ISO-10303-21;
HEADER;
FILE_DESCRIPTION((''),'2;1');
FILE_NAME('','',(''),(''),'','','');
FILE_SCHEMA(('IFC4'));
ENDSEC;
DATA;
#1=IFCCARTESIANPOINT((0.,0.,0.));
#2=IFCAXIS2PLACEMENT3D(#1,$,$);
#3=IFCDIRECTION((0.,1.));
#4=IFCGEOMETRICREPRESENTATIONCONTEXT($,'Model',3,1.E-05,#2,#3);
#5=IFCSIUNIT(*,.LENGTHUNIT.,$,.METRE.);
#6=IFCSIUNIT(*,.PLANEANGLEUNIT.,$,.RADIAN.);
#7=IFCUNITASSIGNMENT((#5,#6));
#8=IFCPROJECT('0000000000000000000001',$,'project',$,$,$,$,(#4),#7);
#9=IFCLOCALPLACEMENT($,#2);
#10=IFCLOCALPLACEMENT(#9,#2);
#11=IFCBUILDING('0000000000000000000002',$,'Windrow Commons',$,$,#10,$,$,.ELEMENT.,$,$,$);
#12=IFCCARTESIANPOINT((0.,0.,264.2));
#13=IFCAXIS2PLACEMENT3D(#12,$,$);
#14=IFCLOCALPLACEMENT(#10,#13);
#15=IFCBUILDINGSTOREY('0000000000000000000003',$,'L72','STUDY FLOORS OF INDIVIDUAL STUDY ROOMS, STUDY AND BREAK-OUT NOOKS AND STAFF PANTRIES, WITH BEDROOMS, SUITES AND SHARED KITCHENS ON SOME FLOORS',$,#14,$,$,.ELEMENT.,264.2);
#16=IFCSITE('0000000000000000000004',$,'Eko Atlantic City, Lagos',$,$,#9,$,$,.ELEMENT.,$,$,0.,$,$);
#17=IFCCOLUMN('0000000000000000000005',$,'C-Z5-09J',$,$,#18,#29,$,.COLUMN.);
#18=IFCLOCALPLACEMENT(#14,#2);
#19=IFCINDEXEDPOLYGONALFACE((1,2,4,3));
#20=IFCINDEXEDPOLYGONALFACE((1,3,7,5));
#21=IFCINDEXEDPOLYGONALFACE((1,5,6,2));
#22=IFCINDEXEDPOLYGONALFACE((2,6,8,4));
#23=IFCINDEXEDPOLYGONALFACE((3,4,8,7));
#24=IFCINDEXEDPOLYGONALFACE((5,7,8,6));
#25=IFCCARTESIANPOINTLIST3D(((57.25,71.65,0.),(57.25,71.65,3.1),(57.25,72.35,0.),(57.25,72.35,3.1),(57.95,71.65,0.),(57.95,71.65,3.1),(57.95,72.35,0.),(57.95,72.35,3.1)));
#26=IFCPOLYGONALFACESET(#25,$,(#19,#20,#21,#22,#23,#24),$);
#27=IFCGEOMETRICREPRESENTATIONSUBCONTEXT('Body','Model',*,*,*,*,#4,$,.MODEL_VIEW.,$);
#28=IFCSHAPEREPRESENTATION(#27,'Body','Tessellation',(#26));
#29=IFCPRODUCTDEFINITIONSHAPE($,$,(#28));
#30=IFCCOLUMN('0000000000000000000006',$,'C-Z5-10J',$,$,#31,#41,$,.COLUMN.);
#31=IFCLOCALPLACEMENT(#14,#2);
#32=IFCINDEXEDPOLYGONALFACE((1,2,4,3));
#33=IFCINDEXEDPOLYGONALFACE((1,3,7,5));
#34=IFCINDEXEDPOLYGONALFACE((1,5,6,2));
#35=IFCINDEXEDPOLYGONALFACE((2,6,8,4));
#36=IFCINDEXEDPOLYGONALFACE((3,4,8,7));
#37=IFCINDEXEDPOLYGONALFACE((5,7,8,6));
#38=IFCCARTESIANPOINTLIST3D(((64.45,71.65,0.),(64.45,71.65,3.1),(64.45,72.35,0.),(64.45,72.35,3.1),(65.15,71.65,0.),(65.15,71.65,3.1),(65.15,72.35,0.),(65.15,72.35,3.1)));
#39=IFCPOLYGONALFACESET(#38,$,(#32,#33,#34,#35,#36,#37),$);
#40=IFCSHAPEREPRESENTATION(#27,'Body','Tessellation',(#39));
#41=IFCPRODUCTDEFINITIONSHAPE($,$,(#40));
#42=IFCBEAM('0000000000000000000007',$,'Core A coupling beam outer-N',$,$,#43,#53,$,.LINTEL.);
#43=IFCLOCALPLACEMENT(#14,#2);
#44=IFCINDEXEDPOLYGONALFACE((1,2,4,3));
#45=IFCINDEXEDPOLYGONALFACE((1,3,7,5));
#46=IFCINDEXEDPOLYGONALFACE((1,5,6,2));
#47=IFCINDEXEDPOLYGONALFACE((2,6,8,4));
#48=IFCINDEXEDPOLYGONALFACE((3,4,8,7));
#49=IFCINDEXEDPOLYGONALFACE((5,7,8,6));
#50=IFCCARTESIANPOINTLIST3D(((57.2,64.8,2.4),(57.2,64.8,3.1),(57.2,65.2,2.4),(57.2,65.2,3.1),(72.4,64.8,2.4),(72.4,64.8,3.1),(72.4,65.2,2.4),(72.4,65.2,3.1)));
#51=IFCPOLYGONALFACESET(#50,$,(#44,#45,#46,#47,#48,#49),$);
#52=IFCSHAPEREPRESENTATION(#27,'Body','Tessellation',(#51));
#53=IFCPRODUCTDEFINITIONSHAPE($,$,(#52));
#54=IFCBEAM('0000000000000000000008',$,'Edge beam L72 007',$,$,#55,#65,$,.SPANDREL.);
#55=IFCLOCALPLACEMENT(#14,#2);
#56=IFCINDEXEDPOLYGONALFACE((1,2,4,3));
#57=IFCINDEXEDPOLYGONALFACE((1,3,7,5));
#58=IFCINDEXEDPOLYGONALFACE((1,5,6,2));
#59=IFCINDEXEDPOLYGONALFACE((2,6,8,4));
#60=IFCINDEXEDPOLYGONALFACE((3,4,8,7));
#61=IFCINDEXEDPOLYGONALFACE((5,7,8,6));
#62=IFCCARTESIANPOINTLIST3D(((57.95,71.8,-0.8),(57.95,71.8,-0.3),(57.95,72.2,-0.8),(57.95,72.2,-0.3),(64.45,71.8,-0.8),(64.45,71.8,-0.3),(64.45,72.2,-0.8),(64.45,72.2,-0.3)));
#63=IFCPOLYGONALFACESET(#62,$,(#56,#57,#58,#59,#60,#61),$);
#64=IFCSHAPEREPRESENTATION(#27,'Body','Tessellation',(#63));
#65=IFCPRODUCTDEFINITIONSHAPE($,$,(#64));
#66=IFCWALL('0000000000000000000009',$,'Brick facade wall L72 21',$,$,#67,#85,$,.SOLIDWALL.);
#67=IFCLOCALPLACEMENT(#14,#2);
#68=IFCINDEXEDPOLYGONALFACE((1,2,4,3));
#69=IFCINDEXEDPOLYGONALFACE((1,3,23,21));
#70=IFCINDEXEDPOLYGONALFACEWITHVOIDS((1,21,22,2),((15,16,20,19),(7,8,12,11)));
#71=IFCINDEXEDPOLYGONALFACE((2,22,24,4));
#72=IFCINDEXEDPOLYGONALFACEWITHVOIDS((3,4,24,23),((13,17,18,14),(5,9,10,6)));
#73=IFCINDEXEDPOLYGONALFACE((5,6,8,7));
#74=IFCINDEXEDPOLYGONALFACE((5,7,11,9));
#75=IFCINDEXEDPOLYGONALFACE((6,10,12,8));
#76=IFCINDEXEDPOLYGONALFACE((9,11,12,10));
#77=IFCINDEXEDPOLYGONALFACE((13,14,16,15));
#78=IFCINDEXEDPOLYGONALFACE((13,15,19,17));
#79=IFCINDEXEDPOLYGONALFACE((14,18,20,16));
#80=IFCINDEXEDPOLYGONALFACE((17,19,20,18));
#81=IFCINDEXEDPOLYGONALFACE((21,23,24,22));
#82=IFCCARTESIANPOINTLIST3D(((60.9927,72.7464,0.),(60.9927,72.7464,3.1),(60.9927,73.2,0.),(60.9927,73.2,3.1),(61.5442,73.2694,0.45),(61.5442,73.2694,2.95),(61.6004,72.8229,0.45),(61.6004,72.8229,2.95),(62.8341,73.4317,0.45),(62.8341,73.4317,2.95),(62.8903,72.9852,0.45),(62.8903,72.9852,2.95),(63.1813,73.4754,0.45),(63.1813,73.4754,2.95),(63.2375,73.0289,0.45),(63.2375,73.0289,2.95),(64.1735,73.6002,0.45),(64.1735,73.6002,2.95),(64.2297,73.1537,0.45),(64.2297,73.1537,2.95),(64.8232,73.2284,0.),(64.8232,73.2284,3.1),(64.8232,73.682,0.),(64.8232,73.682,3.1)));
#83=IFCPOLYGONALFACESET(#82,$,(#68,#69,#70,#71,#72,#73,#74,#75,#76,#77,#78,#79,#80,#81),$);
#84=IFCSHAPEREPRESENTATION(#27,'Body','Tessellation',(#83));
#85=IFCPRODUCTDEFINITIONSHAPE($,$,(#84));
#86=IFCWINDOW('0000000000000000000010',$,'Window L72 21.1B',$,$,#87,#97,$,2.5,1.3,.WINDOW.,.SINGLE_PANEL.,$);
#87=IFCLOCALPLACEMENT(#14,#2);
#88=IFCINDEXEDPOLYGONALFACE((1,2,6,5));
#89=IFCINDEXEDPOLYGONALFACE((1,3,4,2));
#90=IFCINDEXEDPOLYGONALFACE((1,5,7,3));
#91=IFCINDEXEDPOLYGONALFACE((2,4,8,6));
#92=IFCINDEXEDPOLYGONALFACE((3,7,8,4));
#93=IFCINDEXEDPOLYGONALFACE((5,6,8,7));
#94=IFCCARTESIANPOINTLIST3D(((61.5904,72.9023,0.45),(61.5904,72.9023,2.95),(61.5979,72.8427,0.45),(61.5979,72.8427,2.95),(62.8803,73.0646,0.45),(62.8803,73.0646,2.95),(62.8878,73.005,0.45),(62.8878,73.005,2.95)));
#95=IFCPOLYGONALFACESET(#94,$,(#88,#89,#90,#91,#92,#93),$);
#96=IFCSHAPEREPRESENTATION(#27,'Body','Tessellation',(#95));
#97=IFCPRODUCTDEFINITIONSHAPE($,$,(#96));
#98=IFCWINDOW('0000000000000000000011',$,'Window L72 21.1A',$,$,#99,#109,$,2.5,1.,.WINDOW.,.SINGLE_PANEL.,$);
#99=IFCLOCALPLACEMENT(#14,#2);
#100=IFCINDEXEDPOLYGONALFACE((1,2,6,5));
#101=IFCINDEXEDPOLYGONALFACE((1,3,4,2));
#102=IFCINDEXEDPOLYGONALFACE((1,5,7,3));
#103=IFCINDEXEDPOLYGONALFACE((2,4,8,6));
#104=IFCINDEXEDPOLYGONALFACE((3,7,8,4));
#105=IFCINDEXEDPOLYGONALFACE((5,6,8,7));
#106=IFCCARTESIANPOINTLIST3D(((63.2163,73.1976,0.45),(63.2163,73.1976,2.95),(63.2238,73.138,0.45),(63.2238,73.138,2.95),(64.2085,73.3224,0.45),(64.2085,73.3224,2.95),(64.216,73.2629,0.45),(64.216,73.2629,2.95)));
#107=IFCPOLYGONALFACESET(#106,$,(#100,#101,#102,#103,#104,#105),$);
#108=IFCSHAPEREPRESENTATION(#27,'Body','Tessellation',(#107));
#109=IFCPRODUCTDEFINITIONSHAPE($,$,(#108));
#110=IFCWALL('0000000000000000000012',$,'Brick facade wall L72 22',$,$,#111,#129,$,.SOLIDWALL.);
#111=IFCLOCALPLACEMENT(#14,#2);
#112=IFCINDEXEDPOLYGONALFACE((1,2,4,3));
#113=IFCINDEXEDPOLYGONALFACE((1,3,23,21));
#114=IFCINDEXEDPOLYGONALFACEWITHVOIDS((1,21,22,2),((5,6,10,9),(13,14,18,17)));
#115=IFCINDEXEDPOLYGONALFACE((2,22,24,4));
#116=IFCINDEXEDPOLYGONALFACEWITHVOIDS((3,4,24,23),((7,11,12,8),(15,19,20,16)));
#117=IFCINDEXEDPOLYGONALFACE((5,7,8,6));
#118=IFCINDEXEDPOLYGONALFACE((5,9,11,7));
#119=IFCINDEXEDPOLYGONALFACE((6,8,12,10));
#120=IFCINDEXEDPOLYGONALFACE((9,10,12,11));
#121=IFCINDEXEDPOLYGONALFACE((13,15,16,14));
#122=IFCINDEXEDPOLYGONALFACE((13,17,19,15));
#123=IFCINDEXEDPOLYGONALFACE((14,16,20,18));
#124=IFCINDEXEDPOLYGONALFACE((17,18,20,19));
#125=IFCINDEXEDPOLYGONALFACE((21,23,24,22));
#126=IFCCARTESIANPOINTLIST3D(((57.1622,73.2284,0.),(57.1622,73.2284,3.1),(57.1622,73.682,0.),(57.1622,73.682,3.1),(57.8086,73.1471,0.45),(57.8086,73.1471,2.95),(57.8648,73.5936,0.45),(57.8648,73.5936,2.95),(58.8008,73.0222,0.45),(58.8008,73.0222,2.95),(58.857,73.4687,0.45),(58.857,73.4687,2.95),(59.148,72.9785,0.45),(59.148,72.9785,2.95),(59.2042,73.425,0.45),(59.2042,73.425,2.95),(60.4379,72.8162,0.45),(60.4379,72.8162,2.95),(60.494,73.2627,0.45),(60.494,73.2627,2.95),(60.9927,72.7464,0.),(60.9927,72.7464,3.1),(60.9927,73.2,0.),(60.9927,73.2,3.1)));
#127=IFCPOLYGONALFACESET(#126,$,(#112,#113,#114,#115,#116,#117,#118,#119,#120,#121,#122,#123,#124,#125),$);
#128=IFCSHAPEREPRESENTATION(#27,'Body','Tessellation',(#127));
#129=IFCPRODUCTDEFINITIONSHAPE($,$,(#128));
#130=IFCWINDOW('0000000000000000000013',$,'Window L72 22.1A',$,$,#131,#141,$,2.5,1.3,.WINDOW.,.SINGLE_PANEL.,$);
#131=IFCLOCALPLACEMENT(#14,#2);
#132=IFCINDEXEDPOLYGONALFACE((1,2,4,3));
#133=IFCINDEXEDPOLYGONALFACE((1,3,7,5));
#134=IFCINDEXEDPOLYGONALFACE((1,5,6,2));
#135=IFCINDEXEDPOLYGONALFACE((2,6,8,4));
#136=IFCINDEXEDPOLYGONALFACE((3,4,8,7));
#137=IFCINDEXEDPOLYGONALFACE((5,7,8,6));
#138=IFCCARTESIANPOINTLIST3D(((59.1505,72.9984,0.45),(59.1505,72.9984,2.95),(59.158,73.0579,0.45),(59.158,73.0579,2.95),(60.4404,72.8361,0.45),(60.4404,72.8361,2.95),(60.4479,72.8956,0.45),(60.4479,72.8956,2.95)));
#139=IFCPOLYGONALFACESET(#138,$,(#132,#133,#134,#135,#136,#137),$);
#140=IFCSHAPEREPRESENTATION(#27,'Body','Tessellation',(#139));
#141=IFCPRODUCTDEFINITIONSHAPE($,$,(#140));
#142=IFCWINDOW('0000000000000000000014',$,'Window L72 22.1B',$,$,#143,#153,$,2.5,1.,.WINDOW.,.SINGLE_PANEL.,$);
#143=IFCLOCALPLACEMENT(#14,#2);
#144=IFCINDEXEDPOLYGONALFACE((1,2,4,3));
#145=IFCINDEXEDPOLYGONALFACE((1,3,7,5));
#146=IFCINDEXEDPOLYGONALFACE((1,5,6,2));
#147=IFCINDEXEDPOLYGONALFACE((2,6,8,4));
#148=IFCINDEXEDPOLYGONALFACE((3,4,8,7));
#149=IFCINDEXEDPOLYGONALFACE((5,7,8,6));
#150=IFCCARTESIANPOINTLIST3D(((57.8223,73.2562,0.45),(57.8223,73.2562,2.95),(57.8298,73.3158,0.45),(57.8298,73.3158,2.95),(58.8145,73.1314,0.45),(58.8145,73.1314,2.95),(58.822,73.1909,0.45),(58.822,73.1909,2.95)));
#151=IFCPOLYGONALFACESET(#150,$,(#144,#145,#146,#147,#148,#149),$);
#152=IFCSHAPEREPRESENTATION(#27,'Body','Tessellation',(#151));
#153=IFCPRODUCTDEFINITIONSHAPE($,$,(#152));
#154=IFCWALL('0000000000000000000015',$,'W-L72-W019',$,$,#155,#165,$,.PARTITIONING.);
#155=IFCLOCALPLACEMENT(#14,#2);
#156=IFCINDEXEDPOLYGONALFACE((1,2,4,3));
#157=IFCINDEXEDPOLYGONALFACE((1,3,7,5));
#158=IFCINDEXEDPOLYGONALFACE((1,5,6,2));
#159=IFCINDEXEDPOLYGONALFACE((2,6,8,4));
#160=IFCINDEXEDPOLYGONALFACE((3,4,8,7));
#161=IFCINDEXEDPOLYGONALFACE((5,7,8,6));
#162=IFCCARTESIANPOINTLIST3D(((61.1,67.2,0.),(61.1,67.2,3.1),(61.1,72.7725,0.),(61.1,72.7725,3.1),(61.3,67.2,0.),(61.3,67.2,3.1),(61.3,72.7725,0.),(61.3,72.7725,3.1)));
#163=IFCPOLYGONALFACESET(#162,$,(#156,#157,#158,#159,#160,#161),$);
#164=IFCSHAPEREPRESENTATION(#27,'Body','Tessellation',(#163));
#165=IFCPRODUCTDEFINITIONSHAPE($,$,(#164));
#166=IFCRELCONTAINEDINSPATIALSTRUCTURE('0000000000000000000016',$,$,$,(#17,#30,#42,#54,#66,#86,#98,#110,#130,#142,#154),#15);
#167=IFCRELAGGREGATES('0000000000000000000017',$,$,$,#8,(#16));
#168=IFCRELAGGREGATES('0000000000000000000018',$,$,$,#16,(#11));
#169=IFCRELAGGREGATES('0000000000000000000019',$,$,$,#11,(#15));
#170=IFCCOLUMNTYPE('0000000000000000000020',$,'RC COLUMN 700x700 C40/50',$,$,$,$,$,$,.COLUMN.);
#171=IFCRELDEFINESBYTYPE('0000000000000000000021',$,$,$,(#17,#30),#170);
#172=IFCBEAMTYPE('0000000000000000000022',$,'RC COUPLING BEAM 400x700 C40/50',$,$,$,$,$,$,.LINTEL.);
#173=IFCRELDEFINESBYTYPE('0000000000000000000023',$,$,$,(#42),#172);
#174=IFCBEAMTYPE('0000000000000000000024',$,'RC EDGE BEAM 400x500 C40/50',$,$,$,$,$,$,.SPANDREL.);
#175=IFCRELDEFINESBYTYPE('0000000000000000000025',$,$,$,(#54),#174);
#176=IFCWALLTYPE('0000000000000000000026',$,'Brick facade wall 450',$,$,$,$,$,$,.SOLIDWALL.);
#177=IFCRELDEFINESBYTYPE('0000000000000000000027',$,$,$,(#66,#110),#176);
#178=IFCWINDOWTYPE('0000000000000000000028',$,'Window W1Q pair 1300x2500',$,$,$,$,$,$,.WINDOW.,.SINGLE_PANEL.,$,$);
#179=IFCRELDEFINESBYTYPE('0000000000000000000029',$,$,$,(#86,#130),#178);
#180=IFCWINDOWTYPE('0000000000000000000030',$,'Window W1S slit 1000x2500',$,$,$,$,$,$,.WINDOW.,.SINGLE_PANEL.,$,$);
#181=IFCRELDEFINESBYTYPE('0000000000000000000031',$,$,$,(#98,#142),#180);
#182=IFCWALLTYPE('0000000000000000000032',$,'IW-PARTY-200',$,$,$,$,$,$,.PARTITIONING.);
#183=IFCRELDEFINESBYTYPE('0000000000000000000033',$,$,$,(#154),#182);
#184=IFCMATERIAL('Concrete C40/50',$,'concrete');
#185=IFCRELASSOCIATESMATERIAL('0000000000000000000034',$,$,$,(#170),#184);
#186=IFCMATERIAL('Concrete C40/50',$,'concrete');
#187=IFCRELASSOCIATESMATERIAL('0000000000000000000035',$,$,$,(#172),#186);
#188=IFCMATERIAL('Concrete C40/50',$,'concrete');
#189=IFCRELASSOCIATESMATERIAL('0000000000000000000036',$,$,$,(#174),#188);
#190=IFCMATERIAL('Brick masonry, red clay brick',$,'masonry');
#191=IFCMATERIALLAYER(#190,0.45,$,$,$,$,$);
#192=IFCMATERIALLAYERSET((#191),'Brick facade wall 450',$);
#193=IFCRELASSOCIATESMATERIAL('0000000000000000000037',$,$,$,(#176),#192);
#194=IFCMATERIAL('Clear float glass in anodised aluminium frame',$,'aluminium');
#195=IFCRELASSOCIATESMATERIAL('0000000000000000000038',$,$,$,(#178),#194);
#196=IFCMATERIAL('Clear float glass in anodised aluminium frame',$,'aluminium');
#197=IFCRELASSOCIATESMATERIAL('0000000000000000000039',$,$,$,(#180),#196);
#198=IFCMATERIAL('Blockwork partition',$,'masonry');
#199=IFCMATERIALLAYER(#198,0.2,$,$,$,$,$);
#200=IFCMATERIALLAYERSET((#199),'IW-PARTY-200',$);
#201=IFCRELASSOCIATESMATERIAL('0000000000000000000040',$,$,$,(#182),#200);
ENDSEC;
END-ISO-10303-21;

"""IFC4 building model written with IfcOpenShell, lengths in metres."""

from ifc_helpers import new_model, si_unit, direction, frame, frame_2d, origin, origin_2d, place, context, subcontext, project, spatial, polyline, rectangle, outline, extrude, material, layer, layer_set, material_profile, profile_set, type_object, element, fill, save


model = new_model("IFC4")

# Units and contexts
model_context = context("Model", 3, precision=1e-05, world=origin(), true_north=direction((0.0, 1.0)))
body_context = subcontext(model_context, "Body", "Model", "MODEL_VIEW")
ifc_project = project(units=[si_unit("LENGTHUNIT", "METRE"), si_unit("PLANEANGLEUNIT", "RADIAN")], contexts=[model_context])

# Site, building, storey
site_placement = place(None, origin())
site = spatial("IfcSite", under=ifc_project, at=site_placement, Name="Eko Atlantic City, Lagos", CompositionType="ELEMENT", RefElevation=0.0)
building_placement = place(site_placement, origin())
building = spatial("IfcBuilding", under=site, at=building_placement, Name="Windrow Commons", CompositionType="ELEMENT")
storey_placement = place(building_placement, frame((0.0, 0.0, 264.2)))
storey = spatial("IfcBuildingStorey", under=building, at=storey_placement, Name="L72", Description="STUDY FLOORS OF INDIVIDUAL STUDY ROOMS, STUDY AND BREAK-OUT NOOKS AND STAFF PANTRIES, WITH BEDROOMS, SUITES AND SHARED KITCHENS ON SOME FLOORS", CompositionType="ELEMENT", Elevation=264.2)

# Columns
ifc_material_1 = material(Name="Concrete C40/50", Category="concrete")
ifc_material_profile_1 = material_profile(ifc_material_1, rectangle(XDim=0.7, YDim=0.7, at=origin_2d()))
ifc_profile_set_1 = profile_set([ifc_material_profile_1], Name="Concrete C40/50")
column_type = type_object("IfcColumnType", Name="RC COLUMN 700x700 C40/50", PredefinedType="COLUMN", material=ifc_profile_set_1)
for number, where, z_axis, x_axis, name in (
    (1, (57.6, 72.0, 0.0), (0.0, 0.0, 1.0), (1.0, 0.0, 0.0), "C-Z5-09J"),
    (2, (64.8, 72.0, 0.0), (0.0, 0.0, 1.0), (1.0, 0.0, 0.0), "C-Z5-10J"),
):
    element("IfcColumn", number, at=place(storey_placement, frame(where, z_axis=z_axis, x_axis=x_axis)), inside=storey, type_object=column_type, Name=name, PredefinedType="COLUMN", context=body_context, shape_type="SweptSolid", body=[
        extrude(rectangle(XDim=0.7, YDim=0.7, at=origin_2d()), origin(), (0.0, 0.0, 1.0), 3.1),
    ])

# Beams
ifc_material_2 = material(Name="Concrete C40/50", Category="concrete")
ifc_material_profile_2 = material_profile(ifc_material_2, rectangle(XDim=0.4, YDim=0.7, at=origin_2d()))
ifc_profile_set_2 = profile_set([ifc_material_profile_2], Name="Concrete C40/50")
beam_type_1 = type_object("IfcBeamType", Name="RC COUPLING BEAM 400x700 C40/50", PredefinedType="LINTEL", material=ifc_profile_set_2)
beam_1_placement = place(storey_placement, frame((57.2, 65.0, 2.75), z_axis=(1.0, 0.0, 0.0), x_axis=(0.0, 1.0, 0.0)))
element("IfcBeam", 3, at=beam_1_placement, inside=storey, type_object=beam_type_1, Name="Core A coupling beam outer-N", PredefinedType="LINTEL", context=body_context, shape_type="SweptSolid", body=[
    extrude(rectangle(XDim=0.4, YDim=0.7, at=origin_2d()), origin(), (0.0, 0.0, 1.0), 15.2),
])
ifc_material_3 = material(Name="Concrete C40/50", Category="concrete")
ifc_material_profile_3 = material_profile(ifc_material_3, rectangle(XDim=0.4, YDim=0.5, at=origin_2d()))
ifc_profile_set_3 = profile_set([ifc_material_profile_3], Name="Concrete C40/50")
beam_type_2 = type_object("IfcBeamType", Name="RC EDGE BEAM 400x500 C40/50", PredefinedType="SPANDREL", material=ifc_profile_set_3)
beam_2_placement = place(storey_placement, frame((57.95, 72.0, -0.55), z_axis=(1.0, 0.0, 0.0), x_axis=(0.0, 1.0, 0.0)))
element("IfcBeam", 4, at=beam_2_placement, inside=storey, type_object=beam_type_2, Name="Edge beam L72 007", PredefinedType="SPANDREL", context=body_context, shape_type="SweptSolid", body=[
    extrude(rectangle(XDim=0.4, YDim=0.5, at=origin_2d()), origin(), (0.0, 0.0, 1.0), 6.5),
])

# Walls, openings, windows
ifc_material_4 = material(Name="Brick masonry, red clay brick", Category="masonry")
ifc_layer_1 = layer(ifc_material_4, 0.45)
ifc_layer_set_1 = layer_set([ifc_layer_1], Name="Brick facade wall 450")
wall_type_1 = type_object("IfcWallType", Name="Brick facade wall 450", PredefinedType="SOLIDWALL", material=ifc_layer_set_1)
wall_1_placement = place(storey_placement, frame((64.8232, 73.4552, 0.0), z_axis=(0.0, 0.0, 1.0), x_axis=(-0.992176, -0.124848, 0.0)))
wall_1 = element("IfcWall", 5, at=wall_1_placement, inside=storey, type_object=wall_type_1, Name="Brick facade wall L72 21", PredefinedType="SOLIDWALL", context=body_context, shape_type="SweptSolid", body=[
    extrude(outline(polyline([(-0.0283, -0.225), (3.8324, -0.225), (3.889, 0.225), (0.0283, 0.225), (-0.0283, -0.225)])), origin(), (0.0, 0.0, 1.0), 3.1),
])
opening_1_placement = place(wall_1_placement, frame((0.6265, 0.0, 0.45)))
opening_1 = element("IfcOpeningElement", 6, at=opening_1_placement, cuts=wall_1, PredefinedType="OPENING", context=body_context, shape_type="SweptSolid", body=[
    extrude(rectangle(XDim=1.0, YDim=2.5, at=frame_2d((0.5, 1.25))), frame((0.0, 0.235, 0.0), z_axis=(0.0, -1.0, 0.0), x_axis=(1.0, 0.0, 0.0)), (0.0, 0.0, 1.0), 0.47),
])
opening_2_placement = place(wall_1_placement, frame((1.9765, 0.0, 0.45)))
opening_2 = element("IfcOpeningElement", 7, at=opening_2_placement, cuts=wall_1, PredefinedType="OPENING", context=body_context, shape_type="SweptSolid", body=[
    extrude(rectangle(XDim=1.3, YDim=2.5, at=frame_2d((0.65, 1.25))), frame((0.0, 0.235, 0.0), z_axis=(0.0, -1.0, 0.0), x_axis=(1.0, 0.0, 0.0)), (0.0, 0.0, 1.0), 0.47),
])
ifc_material_5 = material(Name="Clear float glass in anodised aluminium frame", Category="aluminium")
window_type_1 = type_object("IfcWindowType", Name="Window W1Q pair 1300x2500", PartitioningType="SINGLE_PANEL", PredefinedType="WINDOW", material=ifc_material_5)
window_1_placement = place(opening_2_placement, origin())
window_1 = element("IfcWindow", 8, at=window_1_placement, inside=storey, type_object=window_type_1, Name="Window L72 21.1B", OverallHeight=2.5, OverallWidth=1.3, PartitioningType="SINGLE_PANEL", PredefinedType="WINDOW", context=body_context, shape_type="SweptSolid", body=[
    extrude(rectangle(XDim=1.3, YDim=2.5, at=frame_2d((0.65, 1.25))), frame((0.0, 0.205, 0.0), z_axis=(0.0, -1.0, 0.0), x_axis=(1.0, 0.0, 0.0)), (0.0, 0.0, 1.0), 0.06),
])
fill(opening_2, window_1)
ifc_material_6 = material(Name="Clear float glass in anodised aluminium frame", Category="aluminium")
window_type_2 = type_object("IfcWindowType", Name="Window W1S slit 1000x2500", PartitioningType="SINGLE_PANEL", PredefinedType="WINDOW", material=ifc_material_6)
window_2_placement = place(opening_1_placement, origin())
window_2 = element("IfcWindow", 9, at=window_2_placement, inside=storey, type_object=window_type_2, Name="Window L72 21.1A", OverallHeight=2.5, OverallWidth=1.0, PartitioningType="SINGLE_PANEL", PredefinedType="WINDOW", context=body_context, shape_type="SweptSolid", body=[
    extrude(rectangle(XDim=1.0, YDim=2.5, at=frame_2d((0.5, 1.25))), frame((0.0, 0.115, 0.0), z_axis=(0.0, -1.0, 0.0), x_axis=(1.0, 0.0, 0.0)), (0.0, 0.0, 1.0), 0.06),
])
fill(opening_1, window_2)
wall_2_placement = place(storey_placement, frame((60.9927, 72.9732, 0.0), z_axis=(0.0, 0.0, 1.0), x_axis=(-0.992176, 0.124848, 0.0)))
wall_2 = element("IfcWall", 10, at=wall_2_placement, inside=storey, type_object=wall_type_1, Name="Brick facade wall L72 22", PredefinedType="SOLIDWALL", context=body_context, shape_type="SweptSolid", body=[
    extrude(outline(polyline([(0.0283, -0.225), (3.889, -0.225), (3.8324, 0.225), (-0.0283, 0.225), (0.0283, -0.225)])), origin(), (0.0, 0.0, 1.0), 3.1),
])
opening_3_placement = place(wall_2_placement, frame((0.5309, 0.0, 0.45)))
opening_3 = element("IfcOpeningElement", 11, at=opening_3_placement, cuts=wall_2, PredefinedType="OPENING", context=body_context, shape_type="SweptSolid", body=[
    extrude(rectangle(XDim=1.3, YDim=2.5, at=frame_2d((0.65, 1.25))), frame((0.0, 0.235, 0.0), z_axis=(0.0, -1.0, 0.0), x_axis=(1.0, 0.0, 0.0)), (0.0, 0.0, 1.0), 0.47),
])
opening_4_placement = place(wall_2_placement, frame((2.1809, 0.0, 0.45)))
opening_4 = element("IfcOpeningElement", 12, at=opening_4_placement, cuts=wall_2, PredefinedType="OPENING", context=body_context, shape_type="SweptSolid", body=[
    extrude(rectangle(XDim=1.0, YDim=2.5, at=frame_2d((0.5, 1.25))), frame((0.0, 0.235, 0.0), z_axis=(0.0, -1.0, 0.0), x_axis=(1.0, 0.0, 0.0)), (0.0, 0.0, 1.0), 0.47),
])
window_3_placement = place(opening_3_placement, origin())
window_3 = element("IfcWindow", 13, at=window_3_placement, inside=storey, type_object=window_type_1, Name="Window L72 22.1A", OverallHeight=2.5, OverallWidth=1.3, PartitioningType="SINGLE_PANEL", PredefinedType="WINDOW", context=body_context, shape_type="SweptSolid", body=[
    extrude(rectangle(XDim=1.3, YDim=2.5, at=frame_2d((0.65, 1.25))), frame((0.0, 0.205, 0.0), z_axis=(0.0, -1.0, 0.0), x_axis=(1.0, 0.0, 0.0)), (0.0, 0.0, 1.0), 0.06),
])
fill(opening_3, window_3)
window_4_placement = place(opening_4_placement, origin())
window_4 = element("IfcWindow", 14, at=window_4_placement, inside=storey, type_object=window_type_2, Name="Window L72 22.1B", OverallHeight=2.5, OverallWidth=1.0, PartitioningType="SINGLE_PANEL", PredefinedType="WINDOW", context=body_context, shape_type="SweptSolid", body=[
    extrude(rectangle(XDim=1.0, YDim=2.5, at=frame_2d((0.5, 1.25))), frame((0.0, 0.115, 0.0), z_axis=(0.0, -1.0, 0.0), x_axis=(1.0, 0.0, 0.0)), (0.0, 0.0, 1.0), 0.06),
])
fill(opening_4, window_4)

# Wall
ifc_material_7 = material(Name="Blockwork partition", Category="masonry")
ifc_layer_2 = layer(ifc_material_7, 0.2)
ifc_layer_set_2 = layer_set([ifc_layer_2], Name="IW-PARTY-200")
wall_type_2 = type_object("IfcWallType", Name="IW-PARTY-200", PredefinedType="PARTITIONING", material=ifc_layer_set_2)
wall_3_placement = place(storey_placement, frame((61.2, 67.2, 0.0), z_axis=(0.0, 0.0, 1.0), x_axis=(0.0, 1.0, 0.0)))
element("IfcWall", 15, at=wall_3_placement, inside=storey, type_object=wall_type_2, Name="W-L72-W019", PredefinedType="PARTITIONING", context=body_context, shape_type="SweptSolid", body=[
    extrude(rectangle(XDim=5.5725, YDim=0.2, at=frame_2d((2.7862, 0.0))), origin(), (0.0, 0.0, 1.0), 3.1),
])

save(model, "model.ifc")
